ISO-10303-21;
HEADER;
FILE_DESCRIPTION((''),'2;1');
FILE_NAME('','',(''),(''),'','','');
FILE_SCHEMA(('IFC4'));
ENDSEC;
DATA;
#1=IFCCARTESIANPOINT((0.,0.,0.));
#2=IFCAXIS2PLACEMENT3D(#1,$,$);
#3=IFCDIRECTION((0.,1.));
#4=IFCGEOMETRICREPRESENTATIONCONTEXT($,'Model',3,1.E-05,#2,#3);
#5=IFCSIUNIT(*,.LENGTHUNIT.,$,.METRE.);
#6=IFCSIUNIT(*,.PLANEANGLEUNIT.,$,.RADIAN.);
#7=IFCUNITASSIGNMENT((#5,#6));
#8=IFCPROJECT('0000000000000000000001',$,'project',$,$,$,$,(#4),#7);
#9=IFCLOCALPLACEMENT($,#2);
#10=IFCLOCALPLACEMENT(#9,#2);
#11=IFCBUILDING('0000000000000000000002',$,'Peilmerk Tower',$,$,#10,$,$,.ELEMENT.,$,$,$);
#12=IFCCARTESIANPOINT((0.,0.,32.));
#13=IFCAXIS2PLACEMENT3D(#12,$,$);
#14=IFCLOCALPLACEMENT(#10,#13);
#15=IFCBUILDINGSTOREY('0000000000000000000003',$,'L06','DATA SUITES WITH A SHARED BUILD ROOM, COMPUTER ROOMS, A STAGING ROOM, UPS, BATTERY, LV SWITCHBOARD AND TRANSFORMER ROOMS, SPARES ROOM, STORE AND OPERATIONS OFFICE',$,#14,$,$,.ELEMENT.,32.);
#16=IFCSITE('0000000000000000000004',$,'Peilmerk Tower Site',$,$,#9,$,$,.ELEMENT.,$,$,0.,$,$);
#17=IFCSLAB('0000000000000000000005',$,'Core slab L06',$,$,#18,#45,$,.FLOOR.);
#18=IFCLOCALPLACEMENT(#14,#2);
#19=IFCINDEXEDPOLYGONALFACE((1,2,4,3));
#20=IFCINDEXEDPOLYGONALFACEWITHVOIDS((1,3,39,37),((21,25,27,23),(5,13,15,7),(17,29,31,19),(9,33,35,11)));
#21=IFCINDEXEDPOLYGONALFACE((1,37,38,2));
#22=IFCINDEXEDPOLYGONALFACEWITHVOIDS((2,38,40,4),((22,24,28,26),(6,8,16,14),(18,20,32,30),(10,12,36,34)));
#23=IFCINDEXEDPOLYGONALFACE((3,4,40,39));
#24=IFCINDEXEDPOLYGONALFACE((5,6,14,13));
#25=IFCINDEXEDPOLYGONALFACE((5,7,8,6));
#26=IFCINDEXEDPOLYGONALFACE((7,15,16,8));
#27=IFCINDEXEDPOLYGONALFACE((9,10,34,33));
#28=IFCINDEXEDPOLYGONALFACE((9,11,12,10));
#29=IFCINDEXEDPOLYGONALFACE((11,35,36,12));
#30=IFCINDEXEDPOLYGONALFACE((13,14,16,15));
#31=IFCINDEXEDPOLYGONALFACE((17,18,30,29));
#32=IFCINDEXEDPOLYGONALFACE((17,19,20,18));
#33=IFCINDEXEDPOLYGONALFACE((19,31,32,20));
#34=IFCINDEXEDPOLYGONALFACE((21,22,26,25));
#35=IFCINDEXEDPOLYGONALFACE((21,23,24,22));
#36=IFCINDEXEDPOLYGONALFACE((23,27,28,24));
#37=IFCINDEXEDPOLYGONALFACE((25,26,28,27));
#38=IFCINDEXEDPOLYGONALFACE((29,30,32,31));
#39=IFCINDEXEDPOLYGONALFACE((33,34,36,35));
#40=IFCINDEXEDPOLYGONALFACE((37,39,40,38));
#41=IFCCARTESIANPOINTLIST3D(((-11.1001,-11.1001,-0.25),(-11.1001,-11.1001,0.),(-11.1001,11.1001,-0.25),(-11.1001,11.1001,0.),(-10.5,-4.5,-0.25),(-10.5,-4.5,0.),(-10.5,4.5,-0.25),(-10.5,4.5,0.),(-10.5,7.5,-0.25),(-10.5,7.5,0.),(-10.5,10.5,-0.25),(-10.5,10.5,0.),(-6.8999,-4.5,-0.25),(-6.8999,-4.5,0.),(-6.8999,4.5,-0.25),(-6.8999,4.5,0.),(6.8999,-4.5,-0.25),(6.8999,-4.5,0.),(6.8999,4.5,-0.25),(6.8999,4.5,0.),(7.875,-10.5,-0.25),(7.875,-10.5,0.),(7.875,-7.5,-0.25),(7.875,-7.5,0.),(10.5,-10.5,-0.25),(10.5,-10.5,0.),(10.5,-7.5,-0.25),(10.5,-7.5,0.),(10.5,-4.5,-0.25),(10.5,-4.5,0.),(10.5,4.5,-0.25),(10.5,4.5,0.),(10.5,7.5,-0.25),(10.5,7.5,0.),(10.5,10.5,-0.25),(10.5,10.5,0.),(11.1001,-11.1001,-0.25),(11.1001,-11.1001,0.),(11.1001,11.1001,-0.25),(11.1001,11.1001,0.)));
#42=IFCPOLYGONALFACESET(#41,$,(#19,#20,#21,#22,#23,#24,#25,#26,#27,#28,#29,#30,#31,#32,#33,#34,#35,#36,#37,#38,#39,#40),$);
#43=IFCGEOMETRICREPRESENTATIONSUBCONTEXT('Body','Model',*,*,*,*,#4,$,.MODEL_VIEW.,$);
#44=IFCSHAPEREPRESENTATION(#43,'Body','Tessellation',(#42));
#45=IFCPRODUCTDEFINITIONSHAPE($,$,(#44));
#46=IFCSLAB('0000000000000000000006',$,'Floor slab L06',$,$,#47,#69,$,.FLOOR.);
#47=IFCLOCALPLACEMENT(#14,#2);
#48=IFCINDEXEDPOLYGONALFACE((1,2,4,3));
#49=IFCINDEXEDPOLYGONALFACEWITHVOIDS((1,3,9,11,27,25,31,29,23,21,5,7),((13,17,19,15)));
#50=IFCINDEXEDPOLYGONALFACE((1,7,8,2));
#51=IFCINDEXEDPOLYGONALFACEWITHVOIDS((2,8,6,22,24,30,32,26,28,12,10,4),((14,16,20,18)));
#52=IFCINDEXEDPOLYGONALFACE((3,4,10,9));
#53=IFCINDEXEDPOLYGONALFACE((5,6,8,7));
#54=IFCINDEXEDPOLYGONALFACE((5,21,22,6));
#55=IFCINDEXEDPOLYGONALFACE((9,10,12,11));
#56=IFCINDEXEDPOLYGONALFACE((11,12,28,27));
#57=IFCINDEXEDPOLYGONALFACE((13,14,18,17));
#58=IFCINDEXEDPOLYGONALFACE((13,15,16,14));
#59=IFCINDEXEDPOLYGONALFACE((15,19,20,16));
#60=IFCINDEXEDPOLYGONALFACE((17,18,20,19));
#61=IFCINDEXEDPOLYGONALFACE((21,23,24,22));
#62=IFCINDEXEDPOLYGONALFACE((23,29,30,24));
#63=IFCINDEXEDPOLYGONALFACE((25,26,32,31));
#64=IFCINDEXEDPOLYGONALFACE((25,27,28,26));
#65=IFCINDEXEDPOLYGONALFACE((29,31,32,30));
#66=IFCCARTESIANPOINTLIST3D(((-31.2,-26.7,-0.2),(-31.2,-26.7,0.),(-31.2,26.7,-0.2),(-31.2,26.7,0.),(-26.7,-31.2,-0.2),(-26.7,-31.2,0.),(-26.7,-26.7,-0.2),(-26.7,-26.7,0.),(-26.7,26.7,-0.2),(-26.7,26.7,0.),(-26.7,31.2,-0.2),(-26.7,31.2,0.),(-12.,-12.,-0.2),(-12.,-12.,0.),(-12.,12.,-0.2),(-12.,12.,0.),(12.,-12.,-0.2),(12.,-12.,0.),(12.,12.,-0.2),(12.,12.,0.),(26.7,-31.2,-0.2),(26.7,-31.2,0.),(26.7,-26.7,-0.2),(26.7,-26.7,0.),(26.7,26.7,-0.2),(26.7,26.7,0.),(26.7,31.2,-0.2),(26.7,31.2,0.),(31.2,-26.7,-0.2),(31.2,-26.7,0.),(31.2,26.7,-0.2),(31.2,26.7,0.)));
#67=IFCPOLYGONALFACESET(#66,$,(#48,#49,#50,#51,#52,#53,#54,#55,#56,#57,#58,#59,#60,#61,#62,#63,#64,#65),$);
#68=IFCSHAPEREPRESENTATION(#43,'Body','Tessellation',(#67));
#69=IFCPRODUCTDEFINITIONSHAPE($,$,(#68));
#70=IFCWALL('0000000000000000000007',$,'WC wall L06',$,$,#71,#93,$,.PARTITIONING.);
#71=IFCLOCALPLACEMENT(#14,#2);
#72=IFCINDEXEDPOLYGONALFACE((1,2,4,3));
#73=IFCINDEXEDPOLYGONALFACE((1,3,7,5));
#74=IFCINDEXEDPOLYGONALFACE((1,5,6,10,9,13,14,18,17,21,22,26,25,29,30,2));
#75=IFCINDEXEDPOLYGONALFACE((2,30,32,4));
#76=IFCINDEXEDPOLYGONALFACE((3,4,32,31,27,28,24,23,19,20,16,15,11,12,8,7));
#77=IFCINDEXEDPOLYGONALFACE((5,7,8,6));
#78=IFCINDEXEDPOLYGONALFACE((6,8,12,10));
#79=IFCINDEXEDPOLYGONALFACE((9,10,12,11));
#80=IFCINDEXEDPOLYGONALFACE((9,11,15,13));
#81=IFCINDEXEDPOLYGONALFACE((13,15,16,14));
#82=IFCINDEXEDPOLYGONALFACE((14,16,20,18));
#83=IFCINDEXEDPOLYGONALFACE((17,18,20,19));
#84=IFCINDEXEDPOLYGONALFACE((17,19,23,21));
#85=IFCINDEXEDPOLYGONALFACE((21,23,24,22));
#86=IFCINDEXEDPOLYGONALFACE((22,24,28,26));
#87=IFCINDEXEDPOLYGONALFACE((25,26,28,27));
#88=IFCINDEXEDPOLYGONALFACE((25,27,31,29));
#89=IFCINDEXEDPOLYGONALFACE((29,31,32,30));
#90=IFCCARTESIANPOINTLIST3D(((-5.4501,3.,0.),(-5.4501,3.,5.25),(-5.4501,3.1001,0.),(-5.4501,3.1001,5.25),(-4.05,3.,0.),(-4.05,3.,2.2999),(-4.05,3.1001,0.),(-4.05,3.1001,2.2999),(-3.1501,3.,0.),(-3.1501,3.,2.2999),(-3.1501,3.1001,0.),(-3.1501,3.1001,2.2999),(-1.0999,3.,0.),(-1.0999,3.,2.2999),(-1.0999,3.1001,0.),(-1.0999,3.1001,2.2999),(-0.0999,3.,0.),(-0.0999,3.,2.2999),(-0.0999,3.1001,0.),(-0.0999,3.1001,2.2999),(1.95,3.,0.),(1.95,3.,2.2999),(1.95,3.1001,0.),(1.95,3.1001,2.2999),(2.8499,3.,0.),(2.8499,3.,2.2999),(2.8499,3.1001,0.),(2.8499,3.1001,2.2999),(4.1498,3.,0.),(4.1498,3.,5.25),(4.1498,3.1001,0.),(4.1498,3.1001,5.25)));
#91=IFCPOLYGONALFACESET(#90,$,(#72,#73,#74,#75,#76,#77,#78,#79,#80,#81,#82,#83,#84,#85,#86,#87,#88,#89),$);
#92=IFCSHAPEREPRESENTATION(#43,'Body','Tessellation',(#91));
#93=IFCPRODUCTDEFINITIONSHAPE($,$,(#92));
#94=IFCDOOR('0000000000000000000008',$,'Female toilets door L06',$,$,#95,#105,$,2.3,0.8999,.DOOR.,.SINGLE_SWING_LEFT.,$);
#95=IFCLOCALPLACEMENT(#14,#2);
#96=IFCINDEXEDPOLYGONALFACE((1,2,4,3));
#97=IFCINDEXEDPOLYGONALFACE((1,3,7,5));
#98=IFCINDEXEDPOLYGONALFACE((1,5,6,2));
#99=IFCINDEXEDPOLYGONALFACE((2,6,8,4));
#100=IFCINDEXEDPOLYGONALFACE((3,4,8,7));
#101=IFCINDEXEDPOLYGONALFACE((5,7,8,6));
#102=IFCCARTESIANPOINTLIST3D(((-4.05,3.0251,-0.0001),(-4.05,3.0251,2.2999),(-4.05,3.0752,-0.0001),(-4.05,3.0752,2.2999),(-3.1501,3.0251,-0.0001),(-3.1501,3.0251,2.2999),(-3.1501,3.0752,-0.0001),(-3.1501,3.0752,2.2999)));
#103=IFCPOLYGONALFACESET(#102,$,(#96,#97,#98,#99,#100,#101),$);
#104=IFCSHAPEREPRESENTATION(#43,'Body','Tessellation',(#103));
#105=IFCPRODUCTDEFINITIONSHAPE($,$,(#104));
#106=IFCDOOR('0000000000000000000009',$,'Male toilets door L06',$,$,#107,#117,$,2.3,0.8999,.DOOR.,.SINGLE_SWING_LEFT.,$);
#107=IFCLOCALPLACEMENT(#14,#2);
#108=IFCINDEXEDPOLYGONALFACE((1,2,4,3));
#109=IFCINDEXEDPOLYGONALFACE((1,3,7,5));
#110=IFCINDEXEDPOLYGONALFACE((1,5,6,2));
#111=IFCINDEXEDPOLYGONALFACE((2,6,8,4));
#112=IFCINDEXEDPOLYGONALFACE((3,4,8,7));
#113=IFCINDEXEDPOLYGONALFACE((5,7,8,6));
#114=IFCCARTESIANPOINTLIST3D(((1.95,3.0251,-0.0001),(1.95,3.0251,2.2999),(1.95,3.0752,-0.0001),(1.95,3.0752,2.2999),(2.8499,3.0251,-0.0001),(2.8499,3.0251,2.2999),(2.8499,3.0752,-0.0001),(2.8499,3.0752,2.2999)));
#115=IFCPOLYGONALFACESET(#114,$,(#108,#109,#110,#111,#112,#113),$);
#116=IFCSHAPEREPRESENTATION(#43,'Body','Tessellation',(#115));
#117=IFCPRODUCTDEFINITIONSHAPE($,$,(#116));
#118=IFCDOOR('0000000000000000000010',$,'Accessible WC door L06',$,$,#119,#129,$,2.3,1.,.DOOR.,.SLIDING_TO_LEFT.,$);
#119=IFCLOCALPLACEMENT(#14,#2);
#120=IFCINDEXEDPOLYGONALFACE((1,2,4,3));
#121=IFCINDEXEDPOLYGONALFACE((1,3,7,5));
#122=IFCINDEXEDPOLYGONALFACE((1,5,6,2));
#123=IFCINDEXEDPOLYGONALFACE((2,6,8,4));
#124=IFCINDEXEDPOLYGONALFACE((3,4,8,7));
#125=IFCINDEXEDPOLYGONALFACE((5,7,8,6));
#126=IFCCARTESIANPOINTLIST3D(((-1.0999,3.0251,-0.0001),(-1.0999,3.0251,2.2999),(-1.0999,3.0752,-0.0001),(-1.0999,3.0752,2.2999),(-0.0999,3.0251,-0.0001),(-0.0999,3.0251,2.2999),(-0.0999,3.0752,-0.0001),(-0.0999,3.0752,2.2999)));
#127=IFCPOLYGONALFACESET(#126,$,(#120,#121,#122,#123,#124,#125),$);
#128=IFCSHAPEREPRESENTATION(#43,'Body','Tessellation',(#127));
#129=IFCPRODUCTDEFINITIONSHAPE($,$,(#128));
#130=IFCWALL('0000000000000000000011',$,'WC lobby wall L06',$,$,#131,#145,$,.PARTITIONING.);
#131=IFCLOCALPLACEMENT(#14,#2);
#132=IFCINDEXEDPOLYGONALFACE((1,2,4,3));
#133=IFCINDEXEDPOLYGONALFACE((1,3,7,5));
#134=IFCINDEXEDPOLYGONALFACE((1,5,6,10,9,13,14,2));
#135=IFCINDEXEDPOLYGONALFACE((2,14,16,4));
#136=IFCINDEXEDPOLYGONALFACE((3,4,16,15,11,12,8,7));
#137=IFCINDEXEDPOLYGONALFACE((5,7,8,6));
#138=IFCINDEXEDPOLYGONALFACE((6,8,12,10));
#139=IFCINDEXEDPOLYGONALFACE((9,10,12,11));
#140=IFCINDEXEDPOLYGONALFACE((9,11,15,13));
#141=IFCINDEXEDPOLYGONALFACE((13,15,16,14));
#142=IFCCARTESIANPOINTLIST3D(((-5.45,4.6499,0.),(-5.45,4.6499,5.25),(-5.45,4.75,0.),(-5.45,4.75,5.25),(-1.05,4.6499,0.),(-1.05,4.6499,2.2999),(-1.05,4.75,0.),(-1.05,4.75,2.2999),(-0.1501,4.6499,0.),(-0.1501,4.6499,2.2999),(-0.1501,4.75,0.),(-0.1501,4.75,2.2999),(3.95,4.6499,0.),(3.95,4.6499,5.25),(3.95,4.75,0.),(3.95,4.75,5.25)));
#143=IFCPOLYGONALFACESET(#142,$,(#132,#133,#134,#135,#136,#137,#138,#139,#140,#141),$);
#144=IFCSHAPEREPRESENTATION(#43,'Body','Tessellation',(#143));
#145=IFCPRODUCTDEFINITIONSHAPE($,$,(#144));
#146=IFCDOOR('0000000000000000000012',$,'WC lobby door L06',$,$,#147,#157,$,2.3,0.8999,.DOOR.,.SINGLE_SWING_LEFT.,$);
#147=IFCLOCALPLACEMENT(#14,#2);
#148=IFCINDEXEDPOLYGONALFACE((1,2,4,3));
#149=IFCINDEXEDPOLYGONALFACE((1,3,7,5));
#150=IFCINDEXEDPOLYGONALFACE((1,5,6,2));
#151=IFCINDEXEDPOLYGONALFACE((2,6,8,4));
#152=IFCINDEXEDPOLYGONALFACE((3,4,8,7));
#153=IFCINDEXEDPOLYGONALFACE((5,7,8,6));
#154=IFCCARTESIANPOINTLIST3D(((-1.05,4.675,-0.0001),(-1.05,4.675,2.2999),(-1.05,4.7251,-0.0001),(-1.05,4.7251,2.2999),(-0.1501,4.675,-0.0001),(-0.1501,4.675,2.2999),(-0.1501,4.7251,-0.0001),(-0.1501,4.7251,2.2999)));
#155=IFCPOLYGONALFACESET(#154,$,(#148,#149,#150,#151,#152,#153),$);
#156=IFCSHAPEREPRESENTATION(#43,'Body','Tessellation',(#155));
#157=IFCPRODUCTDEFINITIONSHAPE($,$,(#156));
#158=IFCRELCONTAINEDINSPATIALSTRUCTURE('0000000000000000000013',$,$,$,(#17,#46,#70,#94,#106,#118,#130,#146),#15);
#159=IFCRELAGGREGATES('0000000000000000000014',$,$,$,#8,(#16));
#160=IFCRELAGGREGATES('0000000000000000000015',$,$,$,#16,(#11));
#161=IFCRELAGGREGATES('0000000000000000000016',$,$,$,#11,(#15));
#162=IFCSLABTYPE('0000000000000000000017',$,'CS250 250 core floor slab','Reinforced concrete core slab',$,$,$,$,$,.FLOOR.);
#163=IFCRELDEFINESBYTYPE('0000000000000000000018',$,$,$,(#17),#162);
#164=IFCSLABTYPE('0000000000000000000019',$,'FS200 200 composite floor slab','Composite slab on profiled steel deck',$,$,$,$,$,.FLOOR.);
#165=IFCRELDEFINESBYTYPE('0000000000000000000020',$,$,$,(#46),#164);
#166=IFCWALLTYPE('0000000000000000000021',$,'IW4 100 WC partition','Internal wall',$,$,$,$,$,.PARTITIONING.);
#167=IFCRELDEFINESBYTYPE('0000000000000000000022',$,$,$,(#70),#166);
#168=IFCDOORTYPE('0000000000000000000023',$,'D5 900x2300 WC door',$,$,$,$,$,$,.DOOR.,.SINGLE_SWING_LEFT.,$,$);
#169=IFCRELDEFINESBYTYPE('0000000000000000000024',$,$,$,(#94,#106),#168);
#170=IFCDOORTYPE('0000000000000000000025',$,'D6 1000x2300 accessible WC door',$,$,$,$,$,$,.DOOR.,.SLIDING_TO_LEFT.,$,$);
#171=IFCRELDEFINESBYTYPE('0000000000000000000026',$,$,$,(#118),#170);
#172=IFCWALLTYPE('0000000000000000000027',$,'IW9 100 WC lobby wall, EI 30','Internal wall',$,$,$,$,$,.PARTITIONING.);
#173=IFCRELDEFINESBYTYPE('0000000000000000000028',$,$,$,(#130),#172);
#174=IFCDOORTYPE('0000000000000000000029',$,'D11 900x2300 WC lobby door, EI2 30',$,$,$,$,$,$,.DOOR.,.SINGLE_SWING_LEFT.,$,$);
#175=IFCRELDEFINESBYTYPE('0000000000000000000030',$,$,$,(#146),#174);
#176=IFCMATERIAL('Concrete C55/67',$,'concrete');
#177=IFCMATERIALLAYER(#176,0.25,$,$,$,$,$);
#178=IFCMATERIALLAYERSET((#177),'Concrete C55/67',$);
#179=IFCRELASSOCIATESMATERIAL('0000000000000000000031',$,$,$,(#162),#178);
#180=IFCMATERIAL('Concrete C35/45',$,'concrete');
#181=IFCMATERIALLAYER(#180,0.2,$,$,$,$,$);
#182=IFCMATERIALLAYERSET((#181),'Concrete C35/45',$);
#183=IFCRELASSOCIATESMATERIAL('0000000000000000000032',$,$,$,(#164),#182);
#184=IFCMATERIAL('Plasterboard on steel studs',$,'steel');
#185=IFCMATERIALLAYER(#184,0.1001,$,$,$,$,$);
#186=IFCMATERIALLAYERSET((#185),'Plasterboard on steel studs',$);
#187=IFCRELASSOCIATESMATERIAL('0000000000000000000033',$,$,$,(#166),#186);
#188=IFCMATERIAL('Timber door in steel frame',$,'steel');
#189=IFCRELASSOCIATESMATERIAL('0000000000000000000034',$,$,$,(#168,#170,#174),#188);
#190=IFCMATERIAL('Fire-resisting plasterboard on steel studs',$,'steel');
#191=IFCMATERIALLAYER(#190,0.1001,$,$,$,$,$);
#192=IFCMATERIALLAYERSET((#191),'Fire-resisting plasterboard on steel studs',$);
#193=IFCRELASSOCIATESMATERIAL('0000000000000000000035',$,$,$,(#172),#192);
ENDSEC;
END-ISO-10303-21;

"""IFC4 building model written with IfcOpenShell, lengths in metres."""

from ifc_helpers import new_model, si_unit, direction, frame, frame_2d, origin, place, context, subcontext, project, spatial, polyline, rectangle, outline, extrude, material, layer, layer_set, type_object, element, fill, save


model = new_model("IFC4")

# Units and contexts
model_context = context("Model", 3, precision=1e-05, world=origin(), true_north=direction((0.0, 1.0)))
body_context = subcontext(model_context, "Body", "Model", "MODEL_VIEW")
ifc_project = project(units=[si_unit("LENGTHUNIT", "METRE"), si_unit("PLANEANGLEUNIT", "RADIAN")], contexts=[model_context])

# Site, building, storey
site_placement = place(None, origin())
site = spatial("IfcSite", under=ifc_project, at=site_placement, Name="Peilmerk Tower Site", CompositionType="ELEMENT", RefElevation=0.0)
building_placement = place(site_placement, origin())
building = spatial("IfcBuilding", under=site, at=building_placement, Name="Peilmerk Tower", CompositionType="ELEMENT")
storey_placement = place(building_placement, frame((0.0, 0.0, 32.0)))
storey = spatial("IfcBuildingStorey", under=building, at=storey_placement, Name="L06", Description="DATA SUITES WITH A SHARED BUILD ROOM, COMPUTER ROOMS, A STAGING ROOM, UPS, BATTERY, LV SWITCHBOARD AND TRANSFORMER ROOMS, SPARES ROOM, STORE AND OPERATIONS OFFICE", CompositionType="ELEMENT", Elevation=32.0)

# Slabs
ifc_material_1 = material(Name="Concrete C55/67", Category="concrete")
ifc_layer_1 = layer(ifc_material_1, 0.25)
ifc_layer_set_1 = layer_set([ifc_layer_1], Name="Concrete C55/67")
slab_type_1 = type_object("IfcSlabType", Name="CS250 250 core floor slab", Description="Reinforced concrete core slab", PredefinedType="FLOOR", material=ifc_layer_set_1)
slab_1_placement = place(storey_placement, frame((0.0, 0.0, -0.25)))
element("IfcSlab", 1, at=slab_1_placement, inside=storey, type_object=slab_type_1, Name="Core slab L06", PredefinedType="FLOOR", context=body_context, shape_type="SweptSolid", body=[
    extrude(outline(polyline([(-11.1001, 11.1001), (-11.1001, -11.1001), (11.1001, -11.1001), (11.1001, 11.1001), (-11.1001, 11.1001)]), holes=[polyline([(10.5, 7.5), (-10.5, 7.5), (-10.5, 10.5), (10.5, 10.5), (10.5, 7.5)]), polyline([(7.875, -10.5), (7.875, -7.5), (10.5, -7.5), (10.5, -10.5), (7.875, -10.5)]), polyline([(-10.5, 4.5), (-6.8999, 4.5), (-6.8999, -4.5), (-10.5, -4.5), (-10.5, 4.5)]), polyline([(10.5, 4.5), (10.5, -4.5), (6.8999, -4.5), (6.8999, 4.5), (10.5, 4.5)])]), origin(), (0.0, 0.0, 1.0), 0.25),
])
ifc_material_2 = material(Name="Concrete C35/45", Category="concrete")
ifc_layer_2 = layer(ifc_material_2, 0.2)
ifc_layer_set_2 = layer_set([ifc_layer_2], Name="Concrete C35/45")
slab_type_2 = type_object("IfcSlabType", Name="FS200 200 composite floor slab", Description="Composite slab on profiled steel deck", PredefinedType="FLOOR", material=ifc_layer_set_2)
slab_2_placement = place(storey_placement, frame((0.0, 0.0, -0.2)))
element("IfcSlab", 2, at=slab_2_placement, inside=storey, type_object=slab_type_2, Name="Floor slab L06", PredefinedType="FLOOR", context=body_context, shape_type="SweptSolid", body=[
    extrude(outline(polyline([(-26.7, -31.2), (26.7, -31.2), (26.7, -26.7), (31.2, -26.7), (31.2, 26.7), (26.7, 26.7), (26.7, 31.2), (-26.7, 31.2), (-26.7, 26.7), (-31.2, 26.7), (-31.2, -26.7), (-26.7, -26.7), (-26.7, -31.2)]), holes=[polyline([(12.0, 12.0), (12.0, -12.0), (-12.0, -12.0), (-12.0, 12.0), (12.0, 12.0)])]), origin(), (0.0, 0.0, 1.0), 0.2),
])

# Wall, openings, doors
ifc_material_3 = material(Name="Plasterboard on steel studs", Category="steel")
ifc_layer_3 = layer(ifc_material_3, 0.1001)
ifc_layer_set_3 = layer_set([ifc_layer_3], Name="Plasterboard on steel studs")
wall_type_1 = type_object("IfcWallType", Name="IW4 100 WC partition", Description="Internal wall", PredefinedType="PARTITIONING", material=ifc_layer_set_3)
wall_1_placement = place(storey_placement, frame((-5.45, 3.05, 0.0), z_axis=(0.0, 0.0, 1.0), x_axis=(1.0, 0.0, 0.0)))
wall_1 = element("IfcWall", 3, at=wall_1_placement, inside=storey, type_object=wall_type_1, Name="WC wall L06", PredefinedType="PARTITIONING", context=body_context, shape_type="SweptSolid", body=[
    extrude(rectangle(XDim=9.5999, YDim=0.1001, at=frame_2d((4.7998, 0.0))), origin(), (0.0, 0.0, 1.0), 5.25),
])
opening_1_placement = place(wall_1_placement, frame((1.3999, 0.0, 0.0)))
opening_1 = element("IfcOpeningElement", 4, at=opening_1_placement, cuts=wall_1, PredefinedType="OPENING", context=body_context, shape_type="SweptSolid", body=[
    extrude(rectangle(XDim=0.8999, YDim=2.3, at=frame_2d((0.45, 1.1499))), frame((0.0, 0.0601, 0.0), z_axis=(0.0, -1.0, 0.0), x_axis=(1.0, 0.0, 0.0)), (0.0, 0.0, 1.0), 0.1201),
])
opening_2_placement = place(wall_1_placement, frame((4.3501, 0.0, 0.0)))
opening_2 = element("IfcOpeningElement", 5, at=opening_2_placement, cuts=wall_1, PredefinedType="OPENING", context=body_context, shape_type="SweptSolid", body=[
    extrude(rectangle(XDim=1.0, YDim=2.3, at=frame_2d((0.5, 1.1499))), frame((0.0, 0.0601, 0.0), z_axis=(0.0, -1.0, 0.0), x_axis=(1.0, 0.0, 0.0)), (0.0, 0.0, 1.0), 0.1201),
])
opening_3_placement = place(wall_1_placement, frame((7.3999, 0.0, 0.0)))
opening_3 = element("IfcOpeningElement", 6, at=opening_3_placement, cuts=wall_1, PredefinedType="OPENING", context=body_context, shape_type="SweptSolid", body=[
    extrude(rectangle(XDim=0.8999, YDim=2.3, at=frame_2d((0.45, 1.1499))), frame((0.0, 0.0601, 0.0), z_axis=(0.0, -1.0, 0.0), x_axis=(1.0, 0.0, 0.0)), (0.0, 0.0, 1.0), 0.1201),
])
ifc_material_4 = material(Name="Timber door in steel frame", Category="steel")
door_type_1 = type_object("IfcDoorType", Name="D5 900x2300 WC door", OperationType="SINGLE_SWING_LEFT", PredefinedType="DOOR", material=ifc_material_4)
door_1_placement = place(opening_1_placement, frame((0.8999, 0.0, 0.0), z_axis=(0.0, 0.0, 1.0), x_axis=(-1.0, 0.0, 0.0)))
door_1 = element("IfcDoor", 7, at=door_1_placement, inside=storey, type_object=door_type_1, Name="Female toilets door L06", OperationType="SINGLE_SWING_LEFT", OverallHeight=2.3, OverallWidth=0.8999, PredefinedType="DOOR", context=body_context, shape_type="SweptSolid", body=[
    extrude(rectangle(XDim=0.8999, YDim=2.3, at=frame_2d((0.45, 1.1499))), frame((0.0, 0.0249, 0.0), z_axis=(0.0, -1.0, 0.0), x_axis=(1.0, 0.0, 0.0)), (0.0, 0.0, 1.0), 0.05),
])
fill(opening_1, door_1)
door_2_placement = place(opening_3_placement, frame((0.8999, 0.0, 0.0), z_axis=(0.0, 0.0, 1.0), x_axis=(-1.0, 0.0, 0.0)))
door_2 = element("IfcDoor", 8, at=door_2_placement, inside=storey, type_object=door_type_1, Name="Male toilets door L06", OperationType="SINGLE_SWING_LEFT", OverallHeight=2.3, OverallWidth=0.8999, PredefinedType="DOOR", context=body_context, shape_type="SweptSolid", body=[
    extrude(rectangle(XDim=0.8999, YDim=2.3, at=frame_2d((0.45, 1.1499))), frame((0.0, 0.0249, 0.0), z_axis=(0.0, -1.0, 0.0), x_axis=(1.0, 0.0, 0.0)), (0.0, 0.0, 1.0), 0.05),
])
fill(opening_3, door_2)
door_type_2 = type_object("IfcDoorType", Name="D6 1000x2300 accessible WC door", OperationType="SLIDING_TO_LEFT", PredefinedType="DOOR", material=ifc_material_4)
door_3_placement = place(opening_2_placement, frame((1.0, 0.0, 0.0), z_axis=(0.0, 0.0, 1.0), x_axis=(-1.0, 0.0, 0.0)))
door_3 = element("IfcDoor", 9, at=door_3_placement, inside=storey, type_object=door_type_2, Name="Accessible WC door L06", OperationType="SLIDING_TO_LEFT", OverallHeight=2.3, OverallWidth=1.0, PredefinedType="DOOR", context=body_context, shape_type="SweptSolid", body=[
    extrude(rectangle(XDim=1.0, YDim=2.3, at=frame_2d((0.5, 1.1499))), frame((0.0, 0.0249, 0.0), z_axis=(0.0, -1.0, 0.0), x_axis=(1.0, 0.0, 0.0)), (0.0, 0.0, 1.0), 0.05),
])
fill(opening_2, door_3)

# Wall, opening, door
ifc_material_5 = material(Name="Fire-resisting plasterboard on steel studs", Category="steel")
ifc_layer_4 = layer(ifc_material_5, 0.1001)
ifc_layer_set_4 = layer_set([ifc_layer_4], Name="Fire-resisting plasterboard on steel studs")
wall_type_2 = type_object("IfcWallType", Name="IW9 100 WC lobby wall, EI 30", Description="Internal wall", PredefinedType="PARTITIONING", material=ifc_layer_set_4)
wall_2_placement = place(storey_placement, frame((-5.45, 4.7, 0.0), z_axis=(0.0, 0.0, 1.0), x_axis=(1.0, 0.0, 0.0)))
wall_2 = element("IfcWall", 10, at=wall_2_placement, inside=storey, type_object=wall_type_2, Name="WC lobby wall L06", PredefinedType="PARTITIONING", context=body_context, shape_type="SweptSolid", body=[
    extrude(rectangle(XDim=9.3999, YDim=0.1001, at=frame_2d((4.7, 0.0))), origin(), (0.0, 0.0, 1.0), 5.25),
])
opening_4_placement = place(wall_2_placement, frame((4.3999, 0.0, 0.0)))
opening_4 = element("IfcOpeningElement", 11, at=opening_4_placement, cuts=wall_2, PredefinedType="OPENING", context=body_context, shape_type="SweptSolid", body=[
    extrude(rectangle(XDim=0.8999, YDim=2.3, at=frame_2d((0.45, 1.1499))), frame((0.0, 0.0601, 0.0), z_axis=(0.0, -1.0, 0.0), x_axis=(1.0, 0.0, 0.0)), (0.0, 0.0, 1.0), 0.1201),
])
door_type_3 = type_object("IfcDoorType", Name="D11 900x2300 WC lobby door, EI2 30", OperationType="SINGLE_SWING_LEFT", PredefinedType="DOOR", material=ifc_material_4)
door_4_placement = place(opening_4_placement, frame((0.8999, 0.0, 0.0), z_axis=(0.0, 0.0, 1.0), x_axis=(-1.0, 0.0, 0.0)))
door_4 = element("IfcDoor", 12, at=door_4_placement, inside=storey, type_object=door_type_3, Name="WC lobby door L06", OperationType="SINGLE_SWING_LEFT", OverallHeight=2.3, OverallWidth=0.8999, PredefinedType="DOOR", context=body_context, shape_type="SweptSolid", body=[
    extrude(rectangle(XDim=0.8999, YDim=2.3, at=frame_2d((0.45, 1.1499))), frame((0.0, 0.0249, 0.0), z_axis=(0.0, -1.0, 0.0), x_axis=(1.0, 0.0, 0.0)), (0.0, 0.0, 1.0), 0.05),
])
fill(opening_4, door_4)

save(model, "model.ifc")
